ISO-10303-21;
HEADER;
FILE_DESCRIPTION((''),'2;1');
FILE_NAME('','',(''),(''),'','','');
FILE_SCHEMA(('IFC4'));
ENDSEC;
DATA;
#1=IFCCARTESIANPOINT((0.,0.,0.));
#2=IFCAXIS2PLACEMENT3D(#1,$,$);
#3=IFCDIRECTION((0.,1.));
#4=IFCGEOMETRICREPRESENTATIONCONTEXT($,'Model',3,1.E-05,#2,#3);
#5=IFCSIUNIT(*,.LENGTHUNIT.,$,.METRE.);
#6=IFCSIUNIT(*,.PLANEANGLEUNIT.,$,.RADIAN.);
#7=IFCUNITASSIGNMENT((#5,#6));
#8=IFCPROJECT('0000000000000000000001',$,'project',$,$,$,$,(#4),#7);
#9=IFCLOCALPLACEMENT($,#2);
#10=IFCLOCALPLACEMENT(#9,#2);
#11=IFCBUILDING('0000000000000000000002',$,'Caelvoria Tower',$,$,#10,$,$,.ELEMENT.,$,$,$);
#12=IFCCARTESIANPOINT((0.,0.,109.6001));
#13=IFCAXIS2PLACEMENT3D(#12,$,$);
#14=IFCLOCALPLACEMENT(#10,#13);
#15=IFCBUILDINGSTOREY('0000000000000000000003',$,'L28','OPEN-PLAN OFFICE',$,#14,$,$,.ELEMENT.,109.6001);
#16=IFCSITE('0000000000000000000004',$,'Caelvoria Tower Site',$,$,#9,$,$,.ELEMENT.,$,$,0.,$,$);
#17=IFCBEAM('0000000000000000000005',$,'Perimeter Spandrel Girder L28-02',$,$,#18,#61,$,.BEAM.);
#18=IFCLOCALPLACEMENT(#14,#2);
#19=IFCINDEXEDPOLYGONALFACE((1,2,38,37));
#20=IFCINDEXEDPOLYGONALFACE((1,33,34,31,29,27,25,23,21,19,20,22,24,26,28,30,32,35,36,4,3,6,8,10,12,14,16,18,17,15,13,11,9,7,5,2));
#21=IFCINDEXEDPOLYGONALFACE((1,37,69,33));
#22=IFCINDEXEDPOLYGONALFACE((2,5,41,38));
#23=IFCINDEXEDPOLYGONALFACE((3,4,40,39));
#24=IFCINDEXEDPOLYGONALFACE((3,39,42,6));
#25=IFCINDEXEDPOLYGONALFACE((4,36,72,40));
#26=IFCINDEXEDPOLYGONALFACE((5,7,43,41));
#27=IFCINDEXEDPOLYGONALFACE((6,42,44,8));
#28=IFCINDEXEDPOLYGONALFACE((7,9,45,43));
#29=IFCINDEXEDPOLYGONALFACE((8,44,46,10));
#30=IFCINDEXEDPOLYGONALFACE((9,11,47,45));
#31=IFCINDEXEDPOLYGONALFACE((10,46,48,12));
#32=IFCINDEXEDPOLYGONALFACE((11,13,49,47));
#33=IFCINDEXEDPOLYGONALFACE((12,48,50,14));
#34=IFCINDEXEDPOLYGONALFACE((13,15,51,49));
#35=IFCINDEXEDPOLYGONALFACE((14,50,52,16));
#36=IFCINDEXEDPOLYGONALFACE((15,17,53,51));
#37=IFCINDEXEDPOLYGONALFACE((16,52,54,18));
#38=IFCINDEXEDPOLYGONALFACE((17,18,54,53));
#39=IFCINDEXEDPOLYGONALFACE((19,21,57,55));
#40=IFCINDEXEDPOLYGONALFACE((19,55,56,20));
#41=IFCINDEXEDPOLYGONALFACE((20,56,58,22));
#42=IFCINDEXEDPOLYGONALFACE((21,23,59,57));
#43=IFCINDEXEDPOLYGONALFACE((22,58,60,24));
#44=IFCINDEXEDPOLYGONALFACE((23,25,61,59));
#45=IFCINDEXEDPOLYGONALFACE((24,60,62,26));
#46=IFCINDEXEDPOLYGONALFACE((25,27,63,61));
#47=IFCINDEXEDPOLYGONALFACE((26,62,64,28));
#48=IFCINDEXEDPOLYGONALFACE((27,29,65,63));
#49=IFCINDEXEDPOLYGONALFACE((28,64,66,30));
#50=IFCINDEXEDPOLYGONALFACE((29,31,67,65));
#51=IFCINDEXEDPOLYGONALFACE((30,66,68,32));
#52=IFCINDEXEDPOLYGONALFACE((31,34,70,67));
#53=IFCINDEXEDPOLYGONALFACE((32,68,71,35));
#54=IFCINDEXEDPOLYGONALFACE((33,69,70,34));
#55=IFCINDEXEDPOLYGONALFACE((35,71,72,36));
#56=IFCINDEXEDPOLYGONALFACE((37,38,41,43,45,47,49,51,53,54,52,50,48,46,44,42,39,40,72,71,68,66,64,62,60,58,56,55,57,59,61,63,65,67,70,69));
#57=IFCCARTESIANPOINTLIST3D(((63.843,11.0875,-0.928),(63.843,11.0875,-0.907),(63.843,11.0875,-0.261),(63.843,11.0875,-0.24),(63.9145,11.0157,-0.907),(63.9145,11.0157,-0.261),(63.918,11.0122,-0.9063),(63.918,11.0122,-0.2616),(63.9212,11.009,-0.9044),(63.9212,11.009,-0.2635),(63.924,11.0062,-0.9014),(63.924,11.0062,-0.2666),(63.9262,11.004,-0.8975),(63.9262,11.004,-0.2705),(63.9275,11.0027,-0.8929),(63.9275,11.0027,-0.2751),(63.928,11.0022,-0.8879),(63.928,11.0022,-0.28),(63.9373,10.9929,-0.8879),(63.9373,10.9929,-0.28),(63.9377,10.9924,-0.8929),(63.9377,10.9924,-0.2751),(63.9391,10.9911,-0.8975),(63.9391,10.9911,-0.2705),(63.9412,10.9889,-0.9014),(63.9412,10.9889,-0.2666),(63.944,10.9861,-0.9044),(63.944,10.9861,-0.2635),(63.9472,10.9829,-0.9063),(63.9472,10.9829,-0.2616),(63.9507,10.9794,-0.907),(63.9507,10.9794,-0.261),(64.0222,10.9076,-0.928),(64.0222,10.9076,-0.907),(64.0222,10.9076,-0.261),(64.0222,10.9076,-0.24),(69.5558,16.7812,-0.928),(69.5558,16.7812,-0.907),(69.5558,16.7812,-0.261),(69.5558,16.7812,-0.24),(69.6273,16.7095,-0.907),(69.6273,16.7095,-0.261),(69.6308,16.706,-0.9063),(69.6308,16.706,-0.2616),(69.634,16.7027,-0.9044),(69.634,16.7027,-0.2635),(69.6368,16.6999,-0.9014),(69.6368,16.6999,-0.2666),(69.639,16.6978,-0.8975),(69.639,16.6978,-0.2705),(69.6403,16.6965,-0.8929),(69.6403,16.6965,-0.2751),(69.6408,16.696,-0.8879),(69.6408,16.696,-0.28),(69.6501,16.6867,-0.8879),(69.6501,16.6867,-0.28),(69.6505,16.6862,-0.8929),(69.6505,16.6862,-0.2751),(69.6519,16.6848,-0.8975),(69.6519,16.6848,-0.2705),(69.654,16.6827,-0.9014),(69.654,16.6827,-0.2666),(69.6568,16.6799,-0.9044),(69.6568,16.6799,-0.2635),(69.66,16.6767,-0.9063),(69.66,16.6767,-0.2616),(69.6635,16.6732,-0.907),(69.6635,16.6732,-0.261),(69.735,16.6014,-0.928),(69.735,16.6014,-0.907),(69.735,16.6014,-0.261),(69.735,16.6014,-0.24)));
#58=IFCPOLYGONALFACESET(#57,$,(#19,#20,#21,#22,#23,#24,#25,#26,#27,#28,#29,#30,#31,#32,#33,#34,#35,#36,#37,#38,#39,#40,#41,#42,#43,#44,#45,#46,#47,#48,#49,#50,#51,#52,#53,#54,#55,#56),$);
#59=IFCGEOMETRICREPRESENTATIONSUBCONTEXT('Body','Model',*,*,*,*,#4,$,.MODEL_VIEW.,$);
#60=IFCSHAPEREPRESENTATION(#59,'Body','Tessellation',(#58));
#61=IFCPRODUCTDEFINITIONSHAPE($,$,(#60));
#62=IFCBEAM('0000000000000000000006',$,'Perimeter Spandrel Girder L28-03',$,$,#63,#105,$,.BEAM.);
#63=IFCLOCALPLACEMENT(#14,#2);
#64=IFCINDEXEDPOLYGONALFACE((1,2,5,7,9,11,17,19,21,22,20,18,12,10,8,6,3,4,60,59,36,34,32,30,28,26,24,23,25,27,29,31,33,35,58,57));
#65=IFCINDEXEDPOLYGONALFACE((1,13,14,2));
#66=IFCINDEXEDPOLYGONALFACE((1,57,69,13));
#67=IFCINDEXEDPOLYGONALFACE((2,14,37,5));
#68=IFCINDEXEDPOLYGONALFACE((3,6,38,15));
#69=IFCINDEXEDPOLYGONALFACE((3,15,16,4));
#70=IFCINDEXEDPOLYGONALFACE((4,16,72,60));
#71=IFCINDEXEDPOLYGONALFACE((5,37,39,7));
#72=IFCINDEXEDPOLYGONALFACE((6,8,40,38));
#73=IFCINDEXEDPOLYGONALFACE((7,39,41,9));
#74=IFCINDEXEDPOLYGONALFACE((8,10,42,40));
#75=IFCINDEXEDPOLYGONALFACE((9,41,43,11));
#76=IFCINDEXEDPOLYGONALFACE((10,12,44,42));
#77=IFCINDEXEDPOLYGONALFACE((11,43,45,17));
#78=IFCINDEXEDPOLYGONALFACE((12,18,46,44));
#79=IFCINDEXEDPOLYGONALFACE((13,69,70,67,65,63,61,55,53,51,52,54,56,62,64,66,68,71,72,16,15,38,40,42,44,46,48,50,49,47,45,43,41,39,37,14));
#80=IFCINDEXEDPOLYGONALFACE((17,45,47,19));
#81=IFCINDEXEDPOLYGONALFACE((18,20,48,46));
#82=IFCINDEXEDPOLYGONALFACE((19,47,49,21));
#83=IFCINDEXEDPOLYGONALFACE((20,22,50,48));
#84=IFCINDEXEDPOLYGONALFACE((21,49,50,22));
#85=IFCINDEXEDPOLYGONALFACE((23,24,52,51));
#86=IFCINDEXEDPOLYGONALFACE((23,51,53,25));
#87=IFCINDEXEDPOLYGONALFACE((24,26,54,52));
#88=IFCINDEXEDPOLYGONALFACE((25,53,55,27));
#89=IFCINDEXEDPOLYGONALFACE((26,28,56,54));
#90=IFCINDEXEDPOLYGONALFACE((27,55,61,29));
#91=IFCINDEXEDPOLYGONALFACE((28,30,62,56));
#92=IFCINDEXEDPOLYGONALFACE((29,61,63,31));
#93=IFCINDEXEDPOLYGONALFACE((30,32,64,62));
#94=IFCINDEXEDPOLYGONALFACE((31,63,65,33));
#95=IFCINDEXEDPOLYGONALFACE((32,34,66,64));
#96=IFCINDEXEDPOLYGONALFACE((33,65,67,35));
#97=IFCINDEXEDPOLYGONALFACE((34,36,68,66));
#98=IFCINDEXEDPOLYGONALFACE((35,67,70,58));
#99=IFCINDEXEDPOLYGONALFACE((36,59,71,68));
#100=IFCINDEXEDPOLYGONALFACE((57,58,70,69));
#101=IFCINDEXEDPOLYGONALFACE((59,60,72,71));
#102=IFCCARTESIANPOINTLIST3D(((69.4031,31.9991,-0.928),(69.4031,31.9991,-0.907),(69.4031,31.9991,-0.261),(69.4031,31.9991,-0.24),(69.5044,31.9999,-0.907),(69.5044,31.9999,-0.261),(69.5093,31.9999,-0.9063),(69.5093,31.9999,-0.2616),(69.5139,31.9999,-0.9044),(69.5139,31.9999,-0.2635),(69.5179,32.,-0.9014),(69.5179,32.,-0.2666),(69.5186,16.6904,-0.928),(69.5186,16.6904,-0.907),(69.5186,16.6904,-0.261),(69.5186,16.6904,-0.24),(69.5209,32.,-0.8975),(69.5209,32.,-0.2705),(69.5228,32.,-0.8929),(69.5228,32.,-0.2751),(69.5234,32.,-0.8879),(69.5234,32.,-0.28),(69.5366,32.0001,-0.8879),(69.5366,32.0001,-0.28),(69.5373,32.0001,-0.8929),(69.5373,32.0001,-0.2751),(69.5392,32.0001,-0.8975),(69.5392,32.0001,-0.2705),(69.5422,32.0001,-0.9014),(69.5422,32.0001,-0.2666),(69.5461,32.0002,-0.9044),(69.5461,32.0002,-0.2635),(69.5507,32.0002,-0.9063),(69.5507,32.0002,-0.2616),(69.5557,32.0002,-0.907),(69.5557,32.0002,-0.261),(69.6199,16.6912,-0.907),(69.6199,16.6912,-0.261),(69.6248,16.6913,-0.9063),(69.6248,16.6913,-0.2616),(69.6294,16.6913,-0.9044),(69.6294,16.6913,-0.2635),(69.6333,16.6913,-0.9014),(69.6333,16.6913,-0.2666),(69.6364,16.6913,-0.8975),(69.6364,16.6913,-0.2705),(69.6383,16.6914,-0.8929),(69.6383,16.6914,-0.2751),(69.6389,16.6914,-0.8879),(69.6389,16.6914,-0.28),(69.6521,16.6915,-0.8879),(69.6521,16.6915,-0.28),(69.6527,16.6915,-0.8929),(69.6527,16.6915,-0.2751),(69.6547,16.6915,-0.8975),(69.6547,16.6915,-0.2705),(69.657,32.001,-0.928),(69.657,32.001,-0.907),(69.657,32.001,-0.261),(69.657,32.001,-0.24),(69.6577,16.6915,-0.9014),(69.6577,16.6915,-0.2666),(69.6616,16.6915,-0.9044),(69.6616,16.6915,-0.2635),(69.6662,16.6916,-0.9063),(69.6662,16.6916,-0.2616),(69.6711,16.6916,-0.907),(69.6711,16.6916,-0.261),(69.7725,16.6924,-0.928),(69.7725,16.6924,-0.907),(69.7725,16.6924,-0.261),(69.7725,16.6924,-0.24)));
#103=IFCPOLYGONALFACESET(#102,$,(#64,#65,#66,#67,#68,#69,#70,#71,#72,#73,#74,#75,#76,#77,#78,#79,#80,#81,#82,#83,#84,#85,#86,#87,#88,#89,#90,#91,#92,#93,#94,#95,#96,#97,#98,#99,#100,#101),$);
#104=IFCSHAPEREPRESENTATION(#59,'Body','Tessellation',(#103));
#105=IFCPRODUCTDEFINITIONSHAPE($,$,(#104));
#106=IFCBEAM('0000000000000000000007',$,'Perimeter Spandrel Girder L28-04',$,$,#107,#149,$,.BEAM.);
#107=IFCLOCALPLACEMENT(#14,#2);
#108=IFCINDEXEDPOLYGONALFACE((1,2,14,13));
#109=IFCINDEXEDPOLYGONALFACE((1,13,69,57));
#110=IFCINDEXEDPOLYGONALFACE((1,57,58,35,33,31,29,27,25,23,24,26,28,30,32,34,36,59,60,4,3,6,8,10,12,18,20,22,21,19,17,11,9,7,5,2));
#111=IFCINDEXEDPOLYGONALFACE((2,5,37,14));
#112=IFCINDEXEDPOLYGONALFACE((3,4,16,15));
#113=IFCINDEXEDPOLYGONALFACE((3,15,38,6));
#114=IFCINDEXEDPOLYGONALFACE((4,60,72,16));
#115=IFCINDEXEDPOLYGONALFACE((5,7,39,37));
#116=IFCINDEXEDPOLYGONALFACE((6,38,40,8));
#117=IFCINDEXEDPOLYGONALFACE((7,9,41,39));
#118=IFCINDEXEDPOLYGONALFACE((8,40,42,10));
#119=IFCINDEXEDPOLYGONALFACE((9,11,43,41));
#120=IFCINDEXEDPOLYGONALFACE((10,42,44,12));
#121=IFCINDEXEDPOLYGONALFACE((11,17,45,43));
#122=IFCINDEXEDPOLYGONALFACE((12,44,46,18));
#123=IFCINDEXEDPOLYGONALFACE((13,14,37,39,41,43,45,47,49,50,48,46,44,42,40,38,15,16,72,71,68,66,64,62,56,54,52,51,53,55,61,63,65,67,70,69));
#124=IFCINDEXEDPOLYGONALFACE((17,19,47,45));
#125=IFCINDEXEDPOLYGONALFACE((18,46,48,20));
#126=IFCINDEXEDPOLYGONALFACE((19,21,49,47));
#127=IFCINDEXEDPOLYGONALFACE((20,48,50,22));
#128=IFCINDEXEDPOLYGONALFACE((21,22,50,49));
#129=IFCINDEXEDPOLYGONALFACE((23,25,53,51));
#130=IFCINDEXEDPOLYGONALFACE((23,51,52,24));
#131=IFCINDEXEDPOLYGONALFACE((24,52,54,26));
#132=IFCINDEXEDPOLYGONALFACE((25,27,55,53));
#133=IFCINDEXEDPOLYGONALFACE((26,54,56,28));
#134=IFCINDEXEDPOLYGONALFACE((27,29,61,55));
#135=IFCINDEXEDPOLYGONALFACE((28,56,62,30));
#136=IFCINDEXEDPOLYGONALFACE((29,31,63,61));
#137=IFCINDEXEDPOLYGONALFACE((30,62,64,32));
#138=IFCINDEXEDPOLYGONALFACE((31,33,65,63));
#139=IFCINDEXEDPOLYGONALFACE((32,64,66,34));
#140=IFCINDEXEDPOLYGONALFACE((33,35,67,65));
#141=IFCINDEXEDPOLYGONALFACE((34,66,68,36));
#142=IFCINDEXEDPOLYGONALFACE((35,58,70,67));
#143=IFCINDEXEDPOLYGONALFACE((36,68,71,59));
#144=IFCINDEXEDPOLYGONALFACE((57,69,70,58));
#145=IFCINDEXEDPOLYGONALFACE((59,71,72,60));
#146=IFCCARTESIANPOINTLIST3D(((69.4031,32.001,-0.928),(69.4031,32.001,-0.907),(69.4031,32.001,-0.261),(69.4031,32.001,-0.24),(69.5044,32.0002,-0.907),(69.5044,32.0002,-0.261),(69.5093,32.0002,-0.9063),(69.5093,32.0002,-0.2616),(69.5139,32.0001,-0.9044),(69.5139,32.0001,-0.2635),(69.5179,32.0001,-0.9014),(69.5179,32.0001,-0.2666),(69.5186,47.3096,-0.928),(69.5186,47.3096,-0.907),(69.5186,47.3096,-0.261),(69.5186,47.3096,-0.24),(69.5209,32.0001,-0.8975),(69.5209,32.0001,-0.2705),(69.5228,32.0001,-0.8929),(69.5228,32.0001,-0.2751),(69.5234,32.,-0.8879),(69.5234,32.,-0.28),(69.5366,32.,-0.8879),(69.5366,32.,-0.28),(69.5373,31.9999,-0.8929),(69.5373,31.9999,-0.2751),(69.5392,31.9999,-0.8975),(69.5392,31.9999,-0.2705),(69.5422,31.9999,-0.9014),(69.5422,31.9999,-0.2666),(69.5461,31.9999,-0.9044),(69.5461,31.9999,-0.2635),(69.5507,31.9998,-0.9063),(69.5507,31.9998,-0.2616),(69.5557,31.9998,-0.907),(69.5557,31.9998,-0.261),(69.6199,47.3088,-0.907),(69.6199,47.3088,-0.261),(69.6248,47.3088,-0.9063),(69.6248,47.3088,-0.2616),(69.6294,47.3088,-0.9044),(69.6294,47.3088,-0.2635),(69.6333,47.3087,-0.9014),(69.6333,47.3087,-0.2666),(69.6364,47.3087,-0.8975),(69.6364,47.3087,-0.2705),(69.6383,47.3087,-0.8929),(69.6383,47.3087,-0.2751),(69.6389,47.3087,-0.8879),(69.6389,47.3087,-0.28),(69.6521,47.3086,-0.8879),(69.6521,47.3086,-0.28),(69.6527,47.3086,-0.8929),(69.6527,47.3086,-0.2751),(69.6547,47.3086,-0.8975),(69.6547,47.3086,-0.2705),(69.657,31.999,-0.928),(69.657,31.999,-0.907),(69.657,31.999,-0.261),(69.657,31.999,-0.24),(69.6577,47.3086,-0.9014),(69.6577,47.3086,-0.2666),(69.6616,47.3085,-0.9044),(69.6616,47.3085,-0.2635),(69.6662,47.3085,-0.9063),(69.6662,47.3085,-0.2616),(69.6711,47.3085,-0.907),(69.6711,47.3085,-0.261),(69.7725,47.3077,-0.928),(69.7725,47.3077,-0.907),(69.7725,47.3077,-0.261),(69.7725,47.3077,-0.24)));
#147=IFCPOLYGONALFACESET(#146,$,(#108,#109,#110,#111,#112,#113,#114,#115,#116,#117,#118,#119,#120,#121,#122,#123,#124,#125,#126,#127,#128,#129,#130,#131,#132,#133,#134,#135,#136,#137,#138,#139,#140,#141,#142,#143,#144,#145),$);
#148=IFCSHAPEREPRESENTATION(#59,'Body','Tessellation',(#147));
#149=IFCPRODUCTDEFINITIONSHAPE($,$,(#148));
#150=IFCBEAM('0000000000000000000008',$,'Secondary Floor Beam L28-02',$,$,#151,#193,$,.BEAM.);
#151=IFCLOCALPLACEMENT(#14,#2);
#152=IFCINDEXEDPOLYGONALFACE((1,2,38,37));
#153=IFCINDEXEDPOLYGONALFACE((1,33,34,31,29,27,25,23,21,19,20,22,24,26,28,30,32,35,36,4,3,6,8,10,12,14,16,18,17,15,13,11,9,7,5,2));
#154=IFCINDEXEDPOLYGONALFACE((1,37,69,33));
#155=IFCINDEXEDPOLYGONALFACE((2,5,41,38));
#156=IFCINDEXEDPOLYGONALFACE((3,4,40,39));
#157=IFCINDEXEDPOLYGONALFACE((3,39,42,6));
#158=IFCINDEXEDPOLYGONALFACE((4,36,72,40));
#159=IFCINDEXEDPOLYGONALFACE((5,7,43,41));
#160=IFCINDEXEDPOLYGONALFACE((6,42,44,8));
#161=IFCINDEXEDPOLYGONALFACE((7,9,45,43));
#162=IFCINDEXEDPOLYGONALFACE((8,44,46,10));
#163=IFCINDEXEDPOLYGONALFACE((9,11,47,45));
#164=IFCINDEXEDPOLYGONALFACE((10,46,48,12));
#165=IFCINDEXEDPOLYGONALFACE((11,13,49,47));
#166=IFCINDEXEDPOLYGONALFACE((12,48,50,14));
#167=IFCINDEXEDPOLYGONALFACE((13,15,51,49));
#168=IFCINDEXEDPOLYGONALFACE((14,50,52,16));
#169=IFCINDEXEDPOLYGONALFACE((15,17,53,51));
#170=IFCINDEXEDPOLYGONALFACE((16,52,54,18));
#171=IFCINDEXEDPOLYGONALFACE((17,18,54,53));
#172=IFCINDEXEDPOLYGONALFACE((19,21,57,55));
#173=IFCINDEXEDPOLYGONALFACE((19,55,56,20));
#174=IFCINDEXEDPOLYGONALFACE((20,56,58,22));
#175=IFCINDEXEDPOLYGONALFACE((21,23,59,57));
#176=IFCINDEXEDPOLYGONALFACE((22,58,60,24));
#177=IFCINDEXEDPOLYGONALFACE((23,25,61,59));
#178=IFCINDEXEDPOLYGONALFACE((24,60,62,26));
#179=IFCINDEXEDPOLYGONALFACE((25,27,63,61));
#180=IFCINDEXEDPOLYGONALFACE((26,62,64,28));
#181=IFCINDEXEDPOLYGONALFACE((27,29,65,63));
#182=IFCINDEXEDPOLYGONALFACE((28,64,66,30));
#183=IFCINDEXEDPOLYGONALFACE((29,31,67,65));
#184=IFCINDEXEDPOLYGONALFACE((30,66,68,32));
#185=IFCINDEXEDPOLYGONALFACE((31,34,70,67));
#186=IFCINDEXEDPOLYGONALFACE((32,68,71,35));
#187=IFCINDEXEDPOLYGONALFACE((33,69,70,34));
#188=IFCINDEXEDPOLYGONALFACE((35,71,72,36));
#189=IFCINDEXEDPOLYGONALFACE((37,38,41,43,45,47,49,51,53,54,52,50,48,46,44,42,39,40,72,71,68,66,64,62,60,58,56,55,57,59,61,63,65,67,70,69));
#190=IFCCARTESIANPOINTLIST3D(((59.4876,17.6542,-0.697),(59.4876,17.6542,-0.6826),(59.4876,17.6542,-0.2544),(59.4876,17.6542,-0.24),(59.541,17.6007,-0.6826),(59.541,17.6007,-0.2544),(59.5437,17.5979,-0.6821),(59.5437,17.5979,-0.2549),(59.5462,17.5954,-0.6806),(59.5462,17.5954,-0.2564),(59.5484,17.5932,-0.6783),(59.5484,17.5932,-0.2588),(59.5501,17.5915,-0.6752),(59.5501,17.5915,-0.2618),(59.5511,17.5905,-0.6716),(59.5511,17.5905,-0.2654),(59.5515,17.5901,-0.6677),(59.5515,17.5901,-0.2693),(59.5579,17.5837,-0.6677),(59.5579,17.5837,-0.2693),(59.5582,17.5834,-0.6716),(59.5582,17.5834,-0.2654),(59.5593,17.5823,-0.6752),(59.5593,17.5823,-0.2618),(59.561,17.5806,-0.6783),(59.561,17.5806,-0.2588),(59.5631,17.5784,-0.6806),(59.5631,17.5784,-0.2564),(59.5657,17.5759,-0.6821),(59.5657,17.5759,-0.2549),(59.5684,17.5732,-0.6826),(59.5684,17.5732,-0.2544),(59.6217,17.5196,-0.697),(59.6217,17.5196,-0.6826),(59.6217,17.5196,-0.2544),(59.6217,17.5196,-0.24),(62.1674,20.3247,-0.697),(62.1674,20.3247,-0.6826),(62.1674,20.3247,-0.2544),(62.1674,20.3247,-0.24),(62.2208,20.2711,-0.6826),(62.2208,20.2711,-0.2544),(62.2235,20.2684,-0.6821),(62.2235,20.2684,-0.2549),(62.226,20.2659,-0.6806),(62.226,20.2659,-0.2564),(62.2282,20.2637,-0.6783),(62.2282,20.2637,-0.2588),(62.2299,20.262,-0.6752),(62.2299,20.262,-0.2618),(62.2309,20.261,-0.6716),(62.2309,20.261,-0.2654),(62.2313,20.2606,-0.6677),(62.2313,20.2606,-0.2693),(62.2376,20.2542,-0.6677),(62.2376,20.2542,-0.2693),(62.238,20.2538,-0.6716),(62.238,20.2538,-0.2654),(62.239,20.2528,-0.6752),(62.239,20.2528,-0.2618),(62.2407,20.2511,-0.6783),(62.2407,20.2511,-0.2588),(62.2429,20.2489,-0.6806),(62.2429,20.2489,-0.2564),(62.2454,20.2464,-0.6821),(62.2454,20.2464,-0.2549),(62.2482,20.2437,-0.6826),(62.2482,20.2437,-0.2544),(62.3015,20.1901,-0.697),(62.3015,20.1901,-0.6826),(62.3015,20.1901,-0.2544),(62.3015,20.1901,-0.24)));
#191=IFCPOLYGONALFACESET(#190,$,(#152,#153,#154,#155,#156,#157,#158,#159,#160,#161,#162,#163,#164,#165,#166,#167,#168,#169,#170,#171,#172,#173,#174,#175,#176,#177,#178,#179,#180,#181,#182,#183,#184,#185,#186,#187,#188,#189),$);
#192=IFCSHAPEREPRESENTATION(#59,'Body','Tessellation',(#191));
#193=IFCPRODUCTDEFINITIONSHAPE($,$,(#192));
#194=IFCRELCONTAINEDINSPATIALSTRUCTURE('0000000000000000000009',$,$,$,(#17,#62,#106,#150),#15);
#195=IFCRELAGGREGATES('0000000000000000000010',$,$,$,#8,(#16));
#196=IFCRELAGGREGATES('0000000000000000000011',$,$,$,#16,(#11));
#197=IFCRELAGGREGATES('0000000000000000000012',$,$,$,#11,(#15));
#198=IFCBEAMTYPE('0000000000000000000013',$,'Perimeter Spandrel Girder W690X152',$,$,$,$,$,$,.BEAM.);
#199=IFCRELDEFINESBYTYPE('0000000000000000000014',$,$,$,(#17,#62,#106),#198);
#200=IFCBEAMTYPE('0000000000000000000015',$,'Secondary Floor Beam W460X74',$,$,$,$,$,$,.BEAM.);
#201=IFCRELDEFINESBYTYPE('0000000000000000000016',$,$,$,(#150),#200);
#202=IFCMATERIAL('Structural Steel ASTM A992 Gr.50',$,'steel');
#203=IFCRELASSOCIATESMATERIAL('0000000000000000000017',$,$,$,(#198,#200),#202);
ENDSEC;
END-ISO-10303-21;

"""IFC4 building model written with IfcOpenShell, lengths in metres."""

from ifc_helpers import new_model, si_unit, direction, frame, origin, origin_2d, place, context, subcontext, project, spatial, i_section, extrude, material, material_profile, profile_set, type_object, element, save


model = new_model("IFC4")

# Units and contexts
model_context = context("Model", 3, precision=1e-05, world=origin(), true_north=direction((0.0, 1.0)))
body_context = subcontext(model_context, "Body", "Model", "MODEL_VIEW")
ifc_project = project(units=[si_unit("LENGTHUNIT", "METRE"), si_unit("PLANEANGLEUNIT", "RADIAN")], contexts=[model_context])

# Site, building, storey
site_placement = place(None, origin())
site = spatial("IfcSite", under=ifc_project, at=site_placement, Name="Caelvoria Tower Site", CompositionType="ELEMENT", RefElevation=0.0)
building_placement = place(site_placement, origin())
building = spatial("IfcBuilding", under=site, at=building_placement, Name="Caelvoria Tower", CompositionType="ELEMENT")
storey_placement = place(building_placement, frame((0.0, 0.0, 109.6001)))
storey = spatial("IfcBuildingStorey", under=building, at=storey_placement, Name="L28", Description="OPEN-PLAN OFFICE", CompositionType="ELEMENT", Elevation=109.6001)

# Beams
ifc_material_1 = material(Name="Structural Steel ASTM A992 Gr.50", Category="steel")
ifc_material_profile_1 = material_profile(ifc_material_1, i_section(OverallWidth=0.2539, OverallDepth=0.688, WebThickness=0.0132, FlangeThickness=0.021, FilletRadius=0.019, at=origin_2d()), Name="Structural Steel ASTM A992 Gr.50")
ifc_profile_set_1 = profile_set([ifc_material_profile_1], Name="W690X152 - Structural Steel ASTM A992 Gr.50")
beam_type_1 = type_object("IfcBeamType", Name="Perimeter Spandrel Girder W690X152", PredefinedType="BEAM", material=ifc_profile_set_1)
beam_1_placement = place(storey_placement, frame((63.9326, 10.9976, -0.584), z_axis=(0.708286, 0.705925, 0.0), x_axis=(-0.705925, 0.708286, 0.0)))
element("IfcBeam", 1, at=beam_1_placement, inside=storey, type_object=beam_type_1, Name="Perimeter Spandrel Girder L28-02", PredefinedType="BEAM", context=body_context, shape_type="SweptSolid", body=[
    extrude(i_section(OverallWidth=0.2539, OverallDepth=0.688, WebThickness=0.0132, FlangeThickness=0.021, FilletRadius=0.019, at=origin_2d()), origin(), (0.0, 0.0, 1.0), 8.0657),
])
for number, where, z_axis, x_axis, name in (
    (2, (69.6455, 16.6914, -0.584), (-0.007543, 0.999972, 0.0), (-0.999972, -0.007543, 0.0), "Perimeter Spandrel Girder L28-03"),
    (3, (69.53, 32.0, -0.584), (0.007543, 0.999972, 0.0), (-0.999972, 0.007543, 0.0), "Perimeter Spandrel Girder L28-04"),
):
    element("IfcBeam", number, at=place(storey_placement, frame(where, z_axis=z_axis, x_axis=x_axis)), inside=storey, type_object=beam_type_1, Name=name, PredefinedType="BEAM", context=body_context, shape_type="SweptSolid", body=[
        extrude(i_section(OverallWidth=0.2539, OverallDepth=0.688, WebThickness=0.0132, FlangeThickness=0.021, FilletRadius=0.019, at=origin_2d()), origin(), (0.0, 0.0, 1.0), 15.3091),
    ])
ifc_material_profile_2 = material_profile(ifc_material_1, i_section(OverallWidth=0.1899, OverallDepth=0.457, WebThickness=0.009, FlangeThickness=0.0144, FilletRadius=0.0149, at=origin_2d()), Name="Structural Steel ASTM A992 Gr.50")
ifc_profile_set_2 = profile_set([ifc_material_profile_2], Name="W460X74 - Structural Steel ASTM A992 Gr.50")
beam_type_2 = type_object("IfcBeamType", Name="Secondary Floor Beam W460X74", PredefinedType="BEAM", material=ifc_profile_set_2)
beam_2_placement = place(storey_placement, frame((59.5547, 17.5869, -0.4685), z_axis=(0.708332, 0.70588, 0.0), x_axis=(-0.70588, 0.708332, 0.0)))
element("IfcBeam", 4, at=beam_2_placement, inside=storey, type_object=beam_type_2, Name="Secondary Floor Beam L28-02", PredefinedType="BEAM", context=body_context, shape_type="SweptSolid", body=[
    extrude(i_section(OverallWidth=0.1899, OverallDepth=0.457, WebThickness=0.009, FlangeThickness=0.0144, FilletRadius=0.0149, at=origin_2d()), origin(), (0.0, 0.0, 1.0), 3.7832),
])

save(model, "model.ifc")
